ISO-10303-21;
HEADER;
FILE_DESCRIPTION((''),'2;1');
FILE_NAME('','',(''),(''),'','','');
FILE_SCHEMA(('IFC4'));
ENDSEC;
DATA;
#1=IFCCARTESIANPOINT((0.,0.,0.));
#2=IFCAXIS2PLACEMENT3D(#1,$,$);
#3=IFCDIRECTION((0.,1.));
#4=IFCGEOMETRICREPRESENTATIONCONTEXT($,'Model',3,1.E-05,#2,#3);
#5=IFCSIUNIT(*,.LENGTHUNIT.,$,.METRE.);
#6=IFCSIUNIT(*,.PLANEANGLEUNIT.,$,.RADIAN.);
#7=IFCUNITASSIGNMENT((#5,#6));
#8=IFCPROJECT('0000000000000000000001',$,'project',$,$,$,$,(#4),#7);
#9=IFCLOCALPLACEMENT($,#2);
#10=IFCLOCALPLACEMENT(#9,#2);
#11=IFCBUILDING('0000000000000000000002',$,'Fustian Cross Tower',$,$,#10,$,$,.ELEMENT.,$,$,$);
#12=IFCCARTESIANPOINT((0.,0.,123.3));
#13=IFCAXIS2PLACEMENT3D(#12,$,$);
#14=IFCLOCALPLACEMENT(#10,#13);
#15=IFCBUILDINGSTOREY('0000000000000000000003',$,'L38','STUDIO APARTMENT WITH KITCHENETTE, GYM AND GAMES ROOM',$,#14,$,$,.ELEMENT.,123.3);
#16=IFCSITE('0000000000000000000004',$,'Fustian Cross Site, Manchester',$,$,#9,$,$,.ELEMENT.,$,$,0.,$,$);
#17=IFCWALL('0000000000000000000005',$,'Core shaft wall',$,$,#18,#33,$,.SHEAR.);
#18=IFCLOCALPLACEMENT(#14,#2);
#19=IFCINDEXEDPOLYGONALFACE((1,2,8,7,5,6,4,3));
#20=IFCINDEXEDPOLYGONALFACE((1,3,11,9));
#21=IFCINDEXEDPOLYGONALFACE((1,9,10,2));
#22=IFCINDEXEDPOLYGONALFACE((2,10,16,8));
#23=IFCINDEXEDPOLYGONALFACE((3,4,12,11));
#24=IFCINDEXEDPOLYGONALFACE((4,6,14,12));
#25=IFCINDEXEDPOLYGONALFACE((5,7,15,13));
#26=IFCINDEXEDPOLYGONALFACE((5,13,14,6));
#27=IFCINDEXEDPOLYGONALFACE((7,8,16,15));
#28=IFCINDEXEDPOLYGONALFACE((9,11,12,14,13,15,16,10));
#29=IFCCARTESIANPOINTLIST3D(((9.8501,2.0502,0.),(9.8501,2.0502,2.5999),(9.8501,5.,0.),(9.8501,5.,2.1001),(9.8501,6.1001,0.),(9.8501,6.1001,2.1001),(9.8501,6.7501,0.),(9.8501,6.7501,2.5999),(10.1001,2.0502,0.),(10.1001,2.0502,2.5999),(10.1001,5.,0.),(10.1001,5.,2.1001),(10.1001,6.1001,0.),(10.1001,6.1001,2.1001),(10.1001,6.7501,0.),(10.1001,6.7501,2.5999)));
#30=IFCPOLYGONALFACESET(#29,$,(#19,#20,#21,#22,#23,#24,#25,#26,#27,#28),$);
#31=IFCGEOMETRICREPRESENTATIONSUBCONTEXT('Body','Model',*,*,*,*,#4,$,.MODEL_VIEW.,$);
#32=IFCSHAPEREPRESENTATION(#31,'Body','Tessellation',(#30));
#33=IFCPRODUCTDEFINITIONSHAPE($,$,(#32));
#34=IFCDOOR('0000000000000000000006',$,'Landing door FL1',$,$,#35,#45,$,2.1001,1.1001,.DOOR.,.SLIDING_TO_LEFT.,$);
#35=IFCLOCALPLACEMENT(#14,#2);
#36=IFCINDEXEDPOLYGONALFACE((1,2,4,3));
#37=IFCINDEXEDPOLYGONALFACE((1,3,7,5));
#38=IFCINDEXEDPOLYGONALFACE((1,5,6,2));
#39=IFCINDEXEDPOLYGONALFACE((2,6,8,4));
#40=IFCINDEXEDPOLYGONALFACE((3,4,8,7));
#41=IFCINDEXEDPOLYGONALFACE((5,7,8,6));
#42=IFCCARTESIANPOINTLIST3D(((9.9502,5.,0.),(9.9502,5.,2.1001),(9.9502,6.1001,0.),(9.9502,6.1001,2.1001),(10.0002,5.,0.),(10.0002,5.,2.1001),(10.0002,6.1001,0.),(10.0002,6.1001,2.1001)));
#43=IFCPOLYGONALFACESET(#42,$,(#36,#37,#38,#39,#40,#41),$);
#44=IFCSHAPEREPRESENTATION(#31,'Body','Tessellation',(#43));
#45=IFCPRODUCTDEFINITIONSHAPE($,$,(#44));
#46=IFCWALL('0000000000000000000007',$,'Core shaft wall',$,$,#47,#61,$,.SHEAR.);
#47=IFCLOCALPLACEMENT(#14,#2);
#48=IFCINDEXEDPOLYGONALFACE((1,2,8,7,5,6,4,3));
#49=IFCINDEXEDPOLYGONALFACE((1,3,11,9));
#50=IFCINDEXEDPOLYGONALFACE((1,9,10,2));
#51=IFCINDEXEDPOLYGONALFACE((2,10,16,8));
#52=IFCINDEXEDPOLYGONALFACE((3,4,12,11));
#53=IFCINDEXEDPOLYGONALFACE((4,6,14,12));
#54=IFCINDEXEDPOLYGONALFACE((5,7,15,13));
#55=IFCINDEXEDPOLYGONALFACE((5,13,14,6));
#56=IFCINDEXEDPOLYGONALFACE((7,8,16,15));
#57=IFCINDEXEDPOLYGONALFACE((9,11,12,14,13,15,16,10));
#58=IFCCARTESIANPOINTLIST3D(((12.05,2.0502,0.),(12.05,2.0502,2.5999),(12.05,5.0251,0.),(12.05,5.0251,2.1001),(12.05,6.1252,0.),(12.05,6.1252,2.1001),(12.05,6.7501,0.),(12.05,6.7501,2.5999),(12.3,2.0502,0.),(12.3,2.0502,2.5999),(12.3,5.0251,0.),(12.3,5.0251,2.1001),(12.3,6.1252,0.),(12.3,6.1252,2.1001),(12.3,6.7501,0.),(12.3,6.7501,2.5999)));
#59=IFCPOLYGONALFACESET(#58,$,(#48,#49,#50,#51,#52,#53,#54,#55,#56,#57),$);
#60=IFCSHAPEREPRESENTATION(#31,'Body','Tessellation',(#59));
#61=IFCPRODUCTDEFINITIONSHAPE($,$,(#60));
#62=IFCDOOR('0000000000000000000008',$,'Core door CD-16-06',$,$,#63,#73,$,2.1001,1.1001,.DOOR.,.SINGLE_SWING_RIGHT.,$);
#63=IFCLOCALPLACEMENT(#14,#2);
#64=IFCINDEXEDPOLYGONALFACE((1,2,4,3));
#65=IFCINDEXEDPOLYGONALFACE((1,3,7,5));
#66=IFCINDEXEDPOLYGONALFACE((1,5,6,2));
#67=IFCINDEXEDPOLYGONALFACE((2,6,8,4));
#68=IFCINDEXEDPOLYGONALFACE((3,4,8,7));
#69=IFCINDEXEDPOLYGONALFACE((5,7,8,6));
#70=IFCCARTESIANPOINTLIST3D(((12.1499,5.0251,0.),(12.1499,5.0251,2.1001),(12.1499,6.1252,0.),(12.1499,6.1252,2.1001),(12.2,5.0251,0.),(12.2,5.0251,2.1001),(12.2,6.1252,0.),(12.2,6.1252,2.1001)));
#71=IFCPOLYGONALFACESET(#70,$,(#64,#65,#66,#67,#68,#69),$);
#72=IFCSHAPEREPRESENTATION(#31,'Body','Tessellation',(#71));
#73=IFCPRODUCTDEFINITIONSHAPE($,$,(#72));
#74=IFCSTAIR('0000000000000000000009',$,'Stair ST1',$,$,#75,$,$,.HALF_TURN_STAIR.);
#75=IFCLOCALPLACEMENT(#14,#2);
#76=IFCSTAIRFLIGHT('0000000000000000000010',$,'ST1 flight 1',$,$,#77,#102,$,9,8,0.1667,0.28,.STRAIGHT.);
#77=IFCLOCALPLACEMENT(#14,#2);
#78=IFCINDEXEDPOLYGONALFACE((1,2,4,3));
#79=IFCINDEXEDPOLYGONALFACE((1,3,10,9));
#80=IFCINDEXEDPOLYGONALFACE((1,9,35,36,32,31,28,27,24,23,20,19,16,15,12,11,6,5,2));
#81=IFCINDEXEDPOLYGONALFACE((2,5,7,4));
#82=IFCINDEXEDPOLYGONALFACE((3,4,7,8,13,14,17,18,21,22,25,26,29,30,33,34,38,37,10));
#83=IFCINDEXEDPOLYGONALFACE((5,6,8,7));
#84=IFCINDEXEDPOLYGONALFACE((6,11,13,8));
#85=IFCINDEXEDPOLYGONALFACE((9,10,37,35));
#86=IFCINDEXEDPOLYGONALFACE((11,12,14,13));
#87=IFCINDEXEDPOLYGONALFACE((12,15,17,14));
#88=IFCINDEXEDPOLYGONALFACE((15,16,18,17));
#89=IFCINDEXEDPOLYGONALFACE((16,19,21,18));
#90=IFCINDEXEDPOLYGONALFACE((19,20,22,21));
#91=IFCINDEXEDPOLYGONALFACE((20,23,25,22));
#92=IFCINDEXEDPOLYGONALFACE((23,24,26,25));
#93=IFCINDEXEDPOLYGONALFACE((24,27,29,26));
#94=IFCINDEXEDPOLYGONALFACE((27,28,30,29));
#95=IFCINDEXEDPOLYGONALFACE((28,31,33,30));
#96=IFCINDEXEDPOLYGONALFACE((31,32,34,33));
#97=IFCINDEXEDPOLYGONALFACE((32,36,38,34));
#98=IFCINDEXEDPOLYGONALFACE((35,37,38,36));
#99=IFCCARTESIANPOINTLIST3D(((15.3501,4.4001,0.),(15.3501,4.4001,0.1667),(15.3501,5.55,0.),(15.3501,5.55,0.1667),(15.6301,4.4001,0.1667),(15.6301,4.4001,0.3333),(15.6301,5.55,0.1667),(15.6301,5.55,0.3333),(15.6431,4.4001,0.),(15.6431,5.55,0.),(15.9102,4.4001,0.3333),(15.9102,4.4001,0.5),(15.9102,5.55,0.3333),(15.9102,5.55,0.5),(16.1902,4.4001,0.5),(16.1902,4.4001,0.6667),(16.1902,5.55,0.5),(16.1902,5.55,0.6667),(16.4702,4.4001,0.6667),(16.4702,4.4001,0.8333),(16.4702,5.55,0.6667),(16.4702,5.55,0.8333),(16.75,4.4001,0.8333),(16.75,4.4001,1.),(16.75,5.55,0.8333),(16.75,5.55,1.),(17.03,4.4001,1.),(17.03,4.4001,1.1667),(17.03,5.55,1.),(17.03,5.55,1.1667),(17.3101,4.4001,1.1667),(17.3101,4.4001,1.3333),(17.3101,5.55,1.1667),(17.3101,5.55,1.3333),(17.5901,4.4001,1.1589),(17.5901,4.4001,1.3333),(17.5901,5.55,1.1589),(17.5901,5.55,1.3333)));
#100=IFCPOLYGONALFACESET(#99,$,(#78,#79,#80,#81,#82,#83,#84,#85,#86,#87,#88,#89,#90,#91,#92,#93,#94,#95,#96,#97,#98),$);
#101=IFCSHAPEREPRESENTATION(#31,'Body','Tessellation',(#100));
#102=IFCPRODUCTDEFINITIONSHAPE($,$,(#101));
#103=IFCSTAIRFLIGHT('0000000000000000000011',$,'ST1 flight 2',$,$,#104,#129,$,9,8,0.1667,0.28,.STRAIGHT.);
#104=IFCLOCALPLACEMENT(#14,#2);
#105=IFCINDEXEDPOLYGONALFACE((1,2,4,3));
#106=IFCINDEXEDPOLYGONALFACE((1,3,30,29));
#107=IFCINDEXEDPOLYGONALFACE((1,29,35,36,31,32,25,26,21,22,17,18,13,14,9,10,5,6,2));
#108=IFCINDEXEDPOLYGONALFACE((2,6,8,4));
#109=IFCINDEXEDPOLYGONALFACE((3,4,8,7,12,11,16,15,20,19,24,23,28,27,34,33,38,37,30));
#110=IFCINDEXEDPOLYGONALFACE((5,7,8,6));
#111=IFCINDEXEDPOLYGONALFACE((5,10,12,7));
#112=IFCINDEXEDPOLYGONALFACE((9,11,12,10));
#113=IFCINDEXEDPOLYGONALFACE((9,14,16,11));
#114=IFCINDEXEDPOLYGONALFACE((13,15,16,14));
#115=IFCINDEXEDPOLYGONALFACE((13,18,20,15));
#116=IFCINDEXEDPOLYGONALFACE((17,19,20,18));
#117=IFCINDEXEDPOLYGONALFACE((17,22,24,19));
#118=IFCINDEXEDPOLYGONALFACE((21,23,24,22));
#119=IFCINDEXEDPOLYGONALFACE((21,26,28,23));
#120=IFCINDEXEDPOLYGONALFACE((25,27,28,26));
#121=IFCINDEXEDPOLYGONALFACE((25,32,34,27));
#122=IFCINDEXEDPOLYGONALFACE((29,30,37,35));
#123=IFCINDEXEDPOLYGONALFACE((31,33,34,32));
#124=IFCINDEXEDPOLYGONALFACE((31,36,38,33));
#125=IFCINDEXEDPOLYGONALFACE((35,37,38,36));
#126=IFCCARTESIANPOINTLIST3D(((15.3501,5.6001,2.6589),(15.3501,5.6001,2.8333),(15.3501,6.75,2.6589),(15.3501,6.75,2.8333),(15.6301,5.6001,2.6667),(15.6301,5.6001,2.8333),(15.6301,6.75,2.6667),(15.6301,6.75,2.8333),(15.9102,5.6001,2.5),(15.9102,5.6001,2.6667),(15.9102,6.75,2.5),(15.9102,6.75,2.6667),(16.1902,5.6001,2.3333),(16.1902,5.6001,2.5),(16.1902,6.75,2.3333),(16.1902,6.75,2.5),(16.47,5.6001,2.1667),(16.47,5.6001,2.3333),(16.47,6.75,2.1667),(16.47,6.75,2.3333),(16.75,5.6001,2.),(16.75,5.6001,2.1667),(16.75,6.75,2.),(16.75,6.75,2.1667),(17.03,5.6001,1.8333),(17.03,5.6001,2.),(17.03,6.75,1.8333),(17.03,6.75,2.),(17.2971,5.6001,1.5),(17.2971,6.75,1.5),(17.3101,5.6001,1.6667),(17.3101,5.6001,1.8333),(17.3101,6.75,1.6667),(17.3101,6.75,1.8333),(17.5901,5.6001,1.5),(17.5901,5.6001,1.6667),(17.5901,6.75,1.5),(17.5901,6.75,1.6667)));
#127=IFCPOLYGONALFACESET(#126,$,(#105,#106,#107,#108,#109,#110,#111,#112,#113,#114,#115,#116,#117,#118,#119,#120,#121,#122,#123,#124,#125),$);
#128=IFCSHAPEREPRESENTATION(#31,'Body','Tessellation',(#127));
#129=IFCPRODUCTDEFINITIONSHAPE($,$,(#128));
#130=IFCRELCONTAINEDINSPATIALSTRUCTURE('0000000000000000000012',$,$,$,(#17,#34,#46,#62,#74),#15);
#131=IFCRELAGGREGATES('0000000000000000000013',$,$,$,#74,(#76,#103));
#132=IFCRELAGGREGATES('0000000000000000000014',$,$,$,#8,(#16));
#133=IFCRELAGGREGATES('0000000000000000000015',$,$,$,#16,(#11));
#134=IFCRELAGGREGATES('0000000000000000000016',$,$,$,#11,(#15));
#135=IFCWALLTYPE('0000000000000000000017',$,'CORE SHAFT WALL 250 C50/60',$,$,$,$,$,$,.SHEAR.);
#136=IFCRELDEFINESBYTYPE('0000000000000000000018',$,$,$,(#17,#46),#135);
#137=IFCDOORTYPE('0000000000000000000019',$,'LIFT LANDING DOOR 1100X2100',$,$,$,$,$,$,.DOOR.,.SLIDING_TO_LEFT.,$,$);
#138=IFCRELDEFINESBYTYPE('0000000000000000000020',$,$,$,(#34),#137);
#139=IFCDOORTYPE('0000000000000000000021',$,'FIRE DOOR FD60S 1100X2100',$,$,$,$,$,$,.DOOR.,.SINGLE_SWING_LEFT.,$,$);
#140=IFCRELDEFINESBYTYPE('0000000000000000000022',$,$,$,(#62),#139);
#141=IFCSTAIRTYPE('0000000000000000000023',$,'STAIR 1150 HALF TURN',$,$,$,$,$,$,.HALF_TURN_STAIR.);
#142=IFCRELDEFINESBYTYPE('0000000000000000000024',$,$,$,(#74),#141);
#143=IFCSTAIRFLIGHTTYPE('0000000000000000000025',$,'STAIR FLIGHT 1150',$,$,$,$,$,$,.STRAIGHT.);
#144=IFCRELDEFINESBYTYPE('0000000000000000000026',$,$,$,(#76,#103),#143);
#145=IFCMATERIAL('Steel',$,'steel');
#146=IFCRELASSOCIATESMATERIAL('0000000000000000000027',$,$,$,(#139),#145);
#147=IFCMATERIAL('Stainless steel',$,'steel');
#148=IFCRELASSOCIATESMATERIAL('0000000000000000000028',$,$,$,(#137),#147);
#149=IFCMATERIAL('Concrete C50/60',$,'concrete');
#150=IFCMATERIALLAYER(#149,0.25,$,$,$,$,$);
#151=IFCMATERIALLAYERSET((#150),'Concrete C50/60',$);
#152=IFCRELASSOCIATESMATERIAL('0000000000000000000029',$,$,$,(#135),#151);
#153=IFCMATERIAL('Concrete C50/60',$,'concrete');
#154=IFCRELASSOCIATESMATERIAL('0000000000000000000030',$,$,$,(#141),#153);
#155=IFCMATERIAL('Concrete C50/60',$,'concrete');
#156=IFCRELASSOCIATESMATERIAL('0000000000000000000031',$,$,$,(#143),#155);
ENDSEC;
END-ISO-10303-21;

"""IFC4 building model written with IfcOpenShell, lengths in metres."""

from ifc_helpers import new_model, si_unit, direction, frame, frame_2d, origin, place, context, subcontext, project, spatial, polyline, rectangle, outline, extrude, material, layer, layer_set, type_object, element, fill, aggregate, save


model = new_model("IFC4")

# Units and contexts
model_context = context("Model", 3, precision=1e-05, world=origin(), true_north=direction((0.0, 1.0)))
body_context = subcontext(model_context, "Body", "Model", "MODEL_VIEW")
ifc_project = project(units=[si_unit("LENGTHUNIT", "METRE"), si_unit("PLANEANGLEUNIT", "RADIAN")], contexts=[model_context])

# Site, building, storey
site_placement = place(None, origin())
site = spatial("IfcSite", under=ifc_project, at=site_placement, Name="Fustian Cross Site, Manchester", CompositionType="ELEMENT", RefElevation=0.0)
building_placement = place(site_placement, origin())
building = spatial("IfcBuilding", under=site, at=building_placement, Name="Fustian Cross Tower", CompositionType="ELEMENT")
storey_placement = place(building_placement, frame((0.0, 0.0, 123.3)))
storey = spatial("IfcBuildingStorey", under=building, at=storey_placement, Name="L38", Description="STUDIO APARTMENT WITH KITCHENETTE, GYM AND GAMES ROOM", CompositionType="ELEMENT", Elevation=123.3)

# Shared definitions
ifc_material_1 = material(Name="Steel", Category="steel")
door_type_1 = type_object("IfcDoorType", Name="FIRE DOOR FD60S 1100X2100", OperationType="SINGLE_SWING_LEFT", PredefinedType="DOOR", material=ifc_material_1)
ifc_material_2 = material(Name="Stainless steel", Category="steel")
door_type_2 = type_object("IfcDoorType", Name="LIFT LANDING DOOR 1100X2100", OperationType="SLIDING_TO_LEFT", PredefinedType="DOOR", material=ifc_material_2)

# Shared definitions
ifc_material_3 = material(Name="Concrete C50/60", Category="concrete")
ifc_layer_1 = layer(ifc_material_3, 0.25)
ifc_layer_set_1 = layer_set([ifc_layer_1], Name="Concrete C50/60")
wall_type_1 = type_object("IfcWallType", Name="CORE SHAFT WALL 250 C50/60", PredefinedType="SHEAR", material=ifc_layer_set_1)

# Walls, openings, doors
wall_1_placement = place(storey_placement, frame((9.9751, 2.05, 0.0), z_axis=(0.0, 0.0, 1.0), x_axis=(0.0, 1.0, 0.0)))
wall_1 = element("IfcWall", 1, at=wall_1_placement, inside=storey, type_object=wall_type_1, Name="Core shaft wall", PredefinedType="SHEAR", context=body_context, shape_type="SweptSolid", body=[
    extrude(rectangle(XDim=4.7, YDim=0.25, at=frame_2d((2.3501, 0.0))), origin(), (0.0, 0.0, 1.0), 2.5999),
])
opening_1_placement = place(wall_1_placement, frame((2.95, 0.0, 0.0)))
opening_1 = element("IfcOpeningElement", 2, at=opening_1_placement, cuts=wall_1, PredefinedType="OPENING", context=body_context, shape_type="SweptSolid", body=[
    extrude(rectangle(XDim=1.1001, YDim=2.1001, at=frame_2d((0.55, 1.05))), frame((0.0, 0.135, 0.0), z_axis=(0.0, -1.0, 0.0), x_axis=(1.0, 0.0, 0.0)), (0.0, 0.0, 1.0), 0.27),
])
door_1_placement = place(opening_1_placement, origin())
door_1 = element("IfcDoor", 3, at=door_1_placement, inside=storey, type_object=door_type_2, Name="Landing door FL1", OperationType="SLIDING_TO_LEFT", OverallHeight=2.1001, OverallWidth=1.1001, PredefinedType="DOOR", context=body_context, shape_type="SweptSolid", body=[
    extrude(rectangle(XDim=1.1001, YDim=2.1001, at=frame_2d((0.55, 1.05))), frame((0.0, 0.0249, 0.0), z_axis=(0.0, -1.0, 0.0), x_axis=(1.0, 0.0, 0.0)), (0.0, 0.0, 1.0), 0.05),
])
fill(opening_1, door_1)
wall_2_placement = place(storey_placement, frame((12.175, 2.05, 0.0), z_axis=(0.0, 0.0, 1.0), x_axis=(0.0, 1.0, 0.0)))
wall_2 = element("IfcWall", 4, at=wall_2_placement, inside=storey, type_object=wall_type_1, Name="Core shaft wall", PredefinedType="SHEAR", context=body_context, shape_type="SweptSolid", body=[
    extrude(rectangle(XDim=4.7, YDim=0.25, at=frame_2d((2.3501, 0.0))), origin(), (0.0, 0.0, 1.0), 2.5999),
])
opening_2_placement = place(wall_2_placement, frame((2.9751, 0.0, 0.0)))
opening_2 = element("IfcOpeningElement", 5, at=opening_2_placement, cuts=wall_2, PredefinedType="OPENING", context=body_context, shape_type="SweptSolid", body=[
    extrude(rectangle(XDim=1.1001, YDim=2.1001, at=frame_2d((0.55, 1.05))), frame((0.0, 0.135, 0.0), z_axis=(0.0, -1.0, 0.0), x_axis=(1.0, 0.0, 0.0)), (0.0, 0.0, 1.0), 0.27),
])
door_2_placement = place(opening_2_placement, frame((1.1001, 0.0, 0.0), z_axis=(0.0, 0.0, 1.0), x_axis=(-1.0, 0.0, 0.0)))
door_2 = element("IfcDoor", 6, at=door_2_placement, inside=storey, type_object=door_type_1, Name="Core door CD-16-06", OperationType="SINGLE_SWING_RIGHT", OverallHeight=2.1001, OverallWidth=1.1001, PredefinedType="DOOR", context=body_context, shape_type="SweptSolid", body=[
    extrude(rectangle(XDim=1.1001, YDim=2.1001, at=frame_2d((0.55, 1.05))), frame((0.0, 0.0249, 0.0), z_axis=(0.0, -1.0, 0.0), x_axis=(1.0, 0.0, 0.0)), (0.0, 0.0, 1.0), 0.05),
])
fill(opening_2, door_2)

# Stair, stair flights
ifc_material_4 = material(Name="Concrete C50/60", Category="concrete")
stair_type = type_object("IfcStairType", Name="STAIR 1150 HALF TURN", PredefinedType="HALF_TURN_STAIR", material=ifc_material_4)
stair_placement = place(storey_placement, origin())
stair = element("IfcStair", 7, at=stair_placement, inside=storey, type_object=stair_type, Name="Stair ST1", PredefinedType="HALF_TURN_STAIR")
ifc_material_5 = material(Name="Concrete C50/60", Category="concrete")
stair_flight_type = type_object("IfcStairFlightType", Name="STAIR FLIGHT 1150", PredefinedType="STRAIGHT", material=ifc_material_5)
stair_flight_1_placement = place(storey_placement, frame((15.3501, 4.9751, 0.0), z_axis=(0.0, 0.0, 1.0), x_axis=(1.0, 0.0, 0.0)))
stair_flight_1 = element("IfcStairFlight", 8, at=stair_flight_1_placement, type_object=stair_flight_type, Name="ST1 flight 1", NumberOfRisers=9, NumberOfTreads=8, PredefinedType="STRAIGHT", RiserHeight=0.1667, TreadLength=0.28, context=body_context, shape_type="SweptSolid", body=[
    extrude(outline(polyline([(0.0, 0.0), (0.0, 0.1667), (0.28, 0.1667), (0.28, 0.3333), (0.5601, 0.3333), (0.5601, 0.5), (0.8401, 0.5), (0.8401, 0.6667), (1.1201, 0.6667), (1.1201, 0.8333), (1.3999, 0.8333), (1.3999, 1.0), (1.6799, 1.0), (1.6799, 1.1667), (1.96, 1.1667), (1.96, 1.3333), (2.24, 1.3333), (2.24, 1.5), (2.24, 1.1589), (0.293, 0.0), (0.0, 0.0)])), frame((0.0, 0.575, 0.0), z_axis=(0.0, -1.0, 0.0), x_axis=(1.0, 0.0, 0.0)), (0.0, 0.0, 1.0), 1.1499),
])
stair_flight_2_placement = place(storey_placement, frame((17.5901, 6.175, 1.5), z_axis=(0.0, 0.0, 1.0), x_axis=(-1.0, 0.0, 0.0)))
stair_flight_2 = element("IfcStairFlight", 9, at=stair_flight_2_placement, type_object=stair_flight_type, Name="ST1 flight 2", NumberOfRisers=9, NumberOfTreads=8, PredefinedType="STRAIGHT", RiserHeight=0.1667, TreadLength=0.28, context=body_context, shape_type="SweptSolid", body=[
    extrude(outline(polyline([(0.0, 0.0), (0.0, 0.1667), (0.28, 0.1667), (0.28, 0.3333), (0.5601, 0.3333), (0.5601, 0.5), (0.8401, 0.5), (0.8401, 0.6667), (1.1201, 0.6667), (1.1201, 0.8333), (1.3999, 0.8333), (1.3999, 1.0), (1.6799, 1.0), (1.6799, 1.1667), (1.96, 1.1667), (1.96, 1.3333), (2.24, 1.3333), (2.24, 1.5), (2.24, 1.1589), (0.293, 0.0), (0.0, 0.0)])), frame((0.0, 0.575, 0.0), z_axis=(0.0, -1.0, 0.0), x_axis=(1.0, 0.0, 0.0)), (0.0, 0.0, 1.0), 1.1499),
])
aggregate(stair, [stair_flight_1, stair_flight_2])

save(model, "model.ifc")
